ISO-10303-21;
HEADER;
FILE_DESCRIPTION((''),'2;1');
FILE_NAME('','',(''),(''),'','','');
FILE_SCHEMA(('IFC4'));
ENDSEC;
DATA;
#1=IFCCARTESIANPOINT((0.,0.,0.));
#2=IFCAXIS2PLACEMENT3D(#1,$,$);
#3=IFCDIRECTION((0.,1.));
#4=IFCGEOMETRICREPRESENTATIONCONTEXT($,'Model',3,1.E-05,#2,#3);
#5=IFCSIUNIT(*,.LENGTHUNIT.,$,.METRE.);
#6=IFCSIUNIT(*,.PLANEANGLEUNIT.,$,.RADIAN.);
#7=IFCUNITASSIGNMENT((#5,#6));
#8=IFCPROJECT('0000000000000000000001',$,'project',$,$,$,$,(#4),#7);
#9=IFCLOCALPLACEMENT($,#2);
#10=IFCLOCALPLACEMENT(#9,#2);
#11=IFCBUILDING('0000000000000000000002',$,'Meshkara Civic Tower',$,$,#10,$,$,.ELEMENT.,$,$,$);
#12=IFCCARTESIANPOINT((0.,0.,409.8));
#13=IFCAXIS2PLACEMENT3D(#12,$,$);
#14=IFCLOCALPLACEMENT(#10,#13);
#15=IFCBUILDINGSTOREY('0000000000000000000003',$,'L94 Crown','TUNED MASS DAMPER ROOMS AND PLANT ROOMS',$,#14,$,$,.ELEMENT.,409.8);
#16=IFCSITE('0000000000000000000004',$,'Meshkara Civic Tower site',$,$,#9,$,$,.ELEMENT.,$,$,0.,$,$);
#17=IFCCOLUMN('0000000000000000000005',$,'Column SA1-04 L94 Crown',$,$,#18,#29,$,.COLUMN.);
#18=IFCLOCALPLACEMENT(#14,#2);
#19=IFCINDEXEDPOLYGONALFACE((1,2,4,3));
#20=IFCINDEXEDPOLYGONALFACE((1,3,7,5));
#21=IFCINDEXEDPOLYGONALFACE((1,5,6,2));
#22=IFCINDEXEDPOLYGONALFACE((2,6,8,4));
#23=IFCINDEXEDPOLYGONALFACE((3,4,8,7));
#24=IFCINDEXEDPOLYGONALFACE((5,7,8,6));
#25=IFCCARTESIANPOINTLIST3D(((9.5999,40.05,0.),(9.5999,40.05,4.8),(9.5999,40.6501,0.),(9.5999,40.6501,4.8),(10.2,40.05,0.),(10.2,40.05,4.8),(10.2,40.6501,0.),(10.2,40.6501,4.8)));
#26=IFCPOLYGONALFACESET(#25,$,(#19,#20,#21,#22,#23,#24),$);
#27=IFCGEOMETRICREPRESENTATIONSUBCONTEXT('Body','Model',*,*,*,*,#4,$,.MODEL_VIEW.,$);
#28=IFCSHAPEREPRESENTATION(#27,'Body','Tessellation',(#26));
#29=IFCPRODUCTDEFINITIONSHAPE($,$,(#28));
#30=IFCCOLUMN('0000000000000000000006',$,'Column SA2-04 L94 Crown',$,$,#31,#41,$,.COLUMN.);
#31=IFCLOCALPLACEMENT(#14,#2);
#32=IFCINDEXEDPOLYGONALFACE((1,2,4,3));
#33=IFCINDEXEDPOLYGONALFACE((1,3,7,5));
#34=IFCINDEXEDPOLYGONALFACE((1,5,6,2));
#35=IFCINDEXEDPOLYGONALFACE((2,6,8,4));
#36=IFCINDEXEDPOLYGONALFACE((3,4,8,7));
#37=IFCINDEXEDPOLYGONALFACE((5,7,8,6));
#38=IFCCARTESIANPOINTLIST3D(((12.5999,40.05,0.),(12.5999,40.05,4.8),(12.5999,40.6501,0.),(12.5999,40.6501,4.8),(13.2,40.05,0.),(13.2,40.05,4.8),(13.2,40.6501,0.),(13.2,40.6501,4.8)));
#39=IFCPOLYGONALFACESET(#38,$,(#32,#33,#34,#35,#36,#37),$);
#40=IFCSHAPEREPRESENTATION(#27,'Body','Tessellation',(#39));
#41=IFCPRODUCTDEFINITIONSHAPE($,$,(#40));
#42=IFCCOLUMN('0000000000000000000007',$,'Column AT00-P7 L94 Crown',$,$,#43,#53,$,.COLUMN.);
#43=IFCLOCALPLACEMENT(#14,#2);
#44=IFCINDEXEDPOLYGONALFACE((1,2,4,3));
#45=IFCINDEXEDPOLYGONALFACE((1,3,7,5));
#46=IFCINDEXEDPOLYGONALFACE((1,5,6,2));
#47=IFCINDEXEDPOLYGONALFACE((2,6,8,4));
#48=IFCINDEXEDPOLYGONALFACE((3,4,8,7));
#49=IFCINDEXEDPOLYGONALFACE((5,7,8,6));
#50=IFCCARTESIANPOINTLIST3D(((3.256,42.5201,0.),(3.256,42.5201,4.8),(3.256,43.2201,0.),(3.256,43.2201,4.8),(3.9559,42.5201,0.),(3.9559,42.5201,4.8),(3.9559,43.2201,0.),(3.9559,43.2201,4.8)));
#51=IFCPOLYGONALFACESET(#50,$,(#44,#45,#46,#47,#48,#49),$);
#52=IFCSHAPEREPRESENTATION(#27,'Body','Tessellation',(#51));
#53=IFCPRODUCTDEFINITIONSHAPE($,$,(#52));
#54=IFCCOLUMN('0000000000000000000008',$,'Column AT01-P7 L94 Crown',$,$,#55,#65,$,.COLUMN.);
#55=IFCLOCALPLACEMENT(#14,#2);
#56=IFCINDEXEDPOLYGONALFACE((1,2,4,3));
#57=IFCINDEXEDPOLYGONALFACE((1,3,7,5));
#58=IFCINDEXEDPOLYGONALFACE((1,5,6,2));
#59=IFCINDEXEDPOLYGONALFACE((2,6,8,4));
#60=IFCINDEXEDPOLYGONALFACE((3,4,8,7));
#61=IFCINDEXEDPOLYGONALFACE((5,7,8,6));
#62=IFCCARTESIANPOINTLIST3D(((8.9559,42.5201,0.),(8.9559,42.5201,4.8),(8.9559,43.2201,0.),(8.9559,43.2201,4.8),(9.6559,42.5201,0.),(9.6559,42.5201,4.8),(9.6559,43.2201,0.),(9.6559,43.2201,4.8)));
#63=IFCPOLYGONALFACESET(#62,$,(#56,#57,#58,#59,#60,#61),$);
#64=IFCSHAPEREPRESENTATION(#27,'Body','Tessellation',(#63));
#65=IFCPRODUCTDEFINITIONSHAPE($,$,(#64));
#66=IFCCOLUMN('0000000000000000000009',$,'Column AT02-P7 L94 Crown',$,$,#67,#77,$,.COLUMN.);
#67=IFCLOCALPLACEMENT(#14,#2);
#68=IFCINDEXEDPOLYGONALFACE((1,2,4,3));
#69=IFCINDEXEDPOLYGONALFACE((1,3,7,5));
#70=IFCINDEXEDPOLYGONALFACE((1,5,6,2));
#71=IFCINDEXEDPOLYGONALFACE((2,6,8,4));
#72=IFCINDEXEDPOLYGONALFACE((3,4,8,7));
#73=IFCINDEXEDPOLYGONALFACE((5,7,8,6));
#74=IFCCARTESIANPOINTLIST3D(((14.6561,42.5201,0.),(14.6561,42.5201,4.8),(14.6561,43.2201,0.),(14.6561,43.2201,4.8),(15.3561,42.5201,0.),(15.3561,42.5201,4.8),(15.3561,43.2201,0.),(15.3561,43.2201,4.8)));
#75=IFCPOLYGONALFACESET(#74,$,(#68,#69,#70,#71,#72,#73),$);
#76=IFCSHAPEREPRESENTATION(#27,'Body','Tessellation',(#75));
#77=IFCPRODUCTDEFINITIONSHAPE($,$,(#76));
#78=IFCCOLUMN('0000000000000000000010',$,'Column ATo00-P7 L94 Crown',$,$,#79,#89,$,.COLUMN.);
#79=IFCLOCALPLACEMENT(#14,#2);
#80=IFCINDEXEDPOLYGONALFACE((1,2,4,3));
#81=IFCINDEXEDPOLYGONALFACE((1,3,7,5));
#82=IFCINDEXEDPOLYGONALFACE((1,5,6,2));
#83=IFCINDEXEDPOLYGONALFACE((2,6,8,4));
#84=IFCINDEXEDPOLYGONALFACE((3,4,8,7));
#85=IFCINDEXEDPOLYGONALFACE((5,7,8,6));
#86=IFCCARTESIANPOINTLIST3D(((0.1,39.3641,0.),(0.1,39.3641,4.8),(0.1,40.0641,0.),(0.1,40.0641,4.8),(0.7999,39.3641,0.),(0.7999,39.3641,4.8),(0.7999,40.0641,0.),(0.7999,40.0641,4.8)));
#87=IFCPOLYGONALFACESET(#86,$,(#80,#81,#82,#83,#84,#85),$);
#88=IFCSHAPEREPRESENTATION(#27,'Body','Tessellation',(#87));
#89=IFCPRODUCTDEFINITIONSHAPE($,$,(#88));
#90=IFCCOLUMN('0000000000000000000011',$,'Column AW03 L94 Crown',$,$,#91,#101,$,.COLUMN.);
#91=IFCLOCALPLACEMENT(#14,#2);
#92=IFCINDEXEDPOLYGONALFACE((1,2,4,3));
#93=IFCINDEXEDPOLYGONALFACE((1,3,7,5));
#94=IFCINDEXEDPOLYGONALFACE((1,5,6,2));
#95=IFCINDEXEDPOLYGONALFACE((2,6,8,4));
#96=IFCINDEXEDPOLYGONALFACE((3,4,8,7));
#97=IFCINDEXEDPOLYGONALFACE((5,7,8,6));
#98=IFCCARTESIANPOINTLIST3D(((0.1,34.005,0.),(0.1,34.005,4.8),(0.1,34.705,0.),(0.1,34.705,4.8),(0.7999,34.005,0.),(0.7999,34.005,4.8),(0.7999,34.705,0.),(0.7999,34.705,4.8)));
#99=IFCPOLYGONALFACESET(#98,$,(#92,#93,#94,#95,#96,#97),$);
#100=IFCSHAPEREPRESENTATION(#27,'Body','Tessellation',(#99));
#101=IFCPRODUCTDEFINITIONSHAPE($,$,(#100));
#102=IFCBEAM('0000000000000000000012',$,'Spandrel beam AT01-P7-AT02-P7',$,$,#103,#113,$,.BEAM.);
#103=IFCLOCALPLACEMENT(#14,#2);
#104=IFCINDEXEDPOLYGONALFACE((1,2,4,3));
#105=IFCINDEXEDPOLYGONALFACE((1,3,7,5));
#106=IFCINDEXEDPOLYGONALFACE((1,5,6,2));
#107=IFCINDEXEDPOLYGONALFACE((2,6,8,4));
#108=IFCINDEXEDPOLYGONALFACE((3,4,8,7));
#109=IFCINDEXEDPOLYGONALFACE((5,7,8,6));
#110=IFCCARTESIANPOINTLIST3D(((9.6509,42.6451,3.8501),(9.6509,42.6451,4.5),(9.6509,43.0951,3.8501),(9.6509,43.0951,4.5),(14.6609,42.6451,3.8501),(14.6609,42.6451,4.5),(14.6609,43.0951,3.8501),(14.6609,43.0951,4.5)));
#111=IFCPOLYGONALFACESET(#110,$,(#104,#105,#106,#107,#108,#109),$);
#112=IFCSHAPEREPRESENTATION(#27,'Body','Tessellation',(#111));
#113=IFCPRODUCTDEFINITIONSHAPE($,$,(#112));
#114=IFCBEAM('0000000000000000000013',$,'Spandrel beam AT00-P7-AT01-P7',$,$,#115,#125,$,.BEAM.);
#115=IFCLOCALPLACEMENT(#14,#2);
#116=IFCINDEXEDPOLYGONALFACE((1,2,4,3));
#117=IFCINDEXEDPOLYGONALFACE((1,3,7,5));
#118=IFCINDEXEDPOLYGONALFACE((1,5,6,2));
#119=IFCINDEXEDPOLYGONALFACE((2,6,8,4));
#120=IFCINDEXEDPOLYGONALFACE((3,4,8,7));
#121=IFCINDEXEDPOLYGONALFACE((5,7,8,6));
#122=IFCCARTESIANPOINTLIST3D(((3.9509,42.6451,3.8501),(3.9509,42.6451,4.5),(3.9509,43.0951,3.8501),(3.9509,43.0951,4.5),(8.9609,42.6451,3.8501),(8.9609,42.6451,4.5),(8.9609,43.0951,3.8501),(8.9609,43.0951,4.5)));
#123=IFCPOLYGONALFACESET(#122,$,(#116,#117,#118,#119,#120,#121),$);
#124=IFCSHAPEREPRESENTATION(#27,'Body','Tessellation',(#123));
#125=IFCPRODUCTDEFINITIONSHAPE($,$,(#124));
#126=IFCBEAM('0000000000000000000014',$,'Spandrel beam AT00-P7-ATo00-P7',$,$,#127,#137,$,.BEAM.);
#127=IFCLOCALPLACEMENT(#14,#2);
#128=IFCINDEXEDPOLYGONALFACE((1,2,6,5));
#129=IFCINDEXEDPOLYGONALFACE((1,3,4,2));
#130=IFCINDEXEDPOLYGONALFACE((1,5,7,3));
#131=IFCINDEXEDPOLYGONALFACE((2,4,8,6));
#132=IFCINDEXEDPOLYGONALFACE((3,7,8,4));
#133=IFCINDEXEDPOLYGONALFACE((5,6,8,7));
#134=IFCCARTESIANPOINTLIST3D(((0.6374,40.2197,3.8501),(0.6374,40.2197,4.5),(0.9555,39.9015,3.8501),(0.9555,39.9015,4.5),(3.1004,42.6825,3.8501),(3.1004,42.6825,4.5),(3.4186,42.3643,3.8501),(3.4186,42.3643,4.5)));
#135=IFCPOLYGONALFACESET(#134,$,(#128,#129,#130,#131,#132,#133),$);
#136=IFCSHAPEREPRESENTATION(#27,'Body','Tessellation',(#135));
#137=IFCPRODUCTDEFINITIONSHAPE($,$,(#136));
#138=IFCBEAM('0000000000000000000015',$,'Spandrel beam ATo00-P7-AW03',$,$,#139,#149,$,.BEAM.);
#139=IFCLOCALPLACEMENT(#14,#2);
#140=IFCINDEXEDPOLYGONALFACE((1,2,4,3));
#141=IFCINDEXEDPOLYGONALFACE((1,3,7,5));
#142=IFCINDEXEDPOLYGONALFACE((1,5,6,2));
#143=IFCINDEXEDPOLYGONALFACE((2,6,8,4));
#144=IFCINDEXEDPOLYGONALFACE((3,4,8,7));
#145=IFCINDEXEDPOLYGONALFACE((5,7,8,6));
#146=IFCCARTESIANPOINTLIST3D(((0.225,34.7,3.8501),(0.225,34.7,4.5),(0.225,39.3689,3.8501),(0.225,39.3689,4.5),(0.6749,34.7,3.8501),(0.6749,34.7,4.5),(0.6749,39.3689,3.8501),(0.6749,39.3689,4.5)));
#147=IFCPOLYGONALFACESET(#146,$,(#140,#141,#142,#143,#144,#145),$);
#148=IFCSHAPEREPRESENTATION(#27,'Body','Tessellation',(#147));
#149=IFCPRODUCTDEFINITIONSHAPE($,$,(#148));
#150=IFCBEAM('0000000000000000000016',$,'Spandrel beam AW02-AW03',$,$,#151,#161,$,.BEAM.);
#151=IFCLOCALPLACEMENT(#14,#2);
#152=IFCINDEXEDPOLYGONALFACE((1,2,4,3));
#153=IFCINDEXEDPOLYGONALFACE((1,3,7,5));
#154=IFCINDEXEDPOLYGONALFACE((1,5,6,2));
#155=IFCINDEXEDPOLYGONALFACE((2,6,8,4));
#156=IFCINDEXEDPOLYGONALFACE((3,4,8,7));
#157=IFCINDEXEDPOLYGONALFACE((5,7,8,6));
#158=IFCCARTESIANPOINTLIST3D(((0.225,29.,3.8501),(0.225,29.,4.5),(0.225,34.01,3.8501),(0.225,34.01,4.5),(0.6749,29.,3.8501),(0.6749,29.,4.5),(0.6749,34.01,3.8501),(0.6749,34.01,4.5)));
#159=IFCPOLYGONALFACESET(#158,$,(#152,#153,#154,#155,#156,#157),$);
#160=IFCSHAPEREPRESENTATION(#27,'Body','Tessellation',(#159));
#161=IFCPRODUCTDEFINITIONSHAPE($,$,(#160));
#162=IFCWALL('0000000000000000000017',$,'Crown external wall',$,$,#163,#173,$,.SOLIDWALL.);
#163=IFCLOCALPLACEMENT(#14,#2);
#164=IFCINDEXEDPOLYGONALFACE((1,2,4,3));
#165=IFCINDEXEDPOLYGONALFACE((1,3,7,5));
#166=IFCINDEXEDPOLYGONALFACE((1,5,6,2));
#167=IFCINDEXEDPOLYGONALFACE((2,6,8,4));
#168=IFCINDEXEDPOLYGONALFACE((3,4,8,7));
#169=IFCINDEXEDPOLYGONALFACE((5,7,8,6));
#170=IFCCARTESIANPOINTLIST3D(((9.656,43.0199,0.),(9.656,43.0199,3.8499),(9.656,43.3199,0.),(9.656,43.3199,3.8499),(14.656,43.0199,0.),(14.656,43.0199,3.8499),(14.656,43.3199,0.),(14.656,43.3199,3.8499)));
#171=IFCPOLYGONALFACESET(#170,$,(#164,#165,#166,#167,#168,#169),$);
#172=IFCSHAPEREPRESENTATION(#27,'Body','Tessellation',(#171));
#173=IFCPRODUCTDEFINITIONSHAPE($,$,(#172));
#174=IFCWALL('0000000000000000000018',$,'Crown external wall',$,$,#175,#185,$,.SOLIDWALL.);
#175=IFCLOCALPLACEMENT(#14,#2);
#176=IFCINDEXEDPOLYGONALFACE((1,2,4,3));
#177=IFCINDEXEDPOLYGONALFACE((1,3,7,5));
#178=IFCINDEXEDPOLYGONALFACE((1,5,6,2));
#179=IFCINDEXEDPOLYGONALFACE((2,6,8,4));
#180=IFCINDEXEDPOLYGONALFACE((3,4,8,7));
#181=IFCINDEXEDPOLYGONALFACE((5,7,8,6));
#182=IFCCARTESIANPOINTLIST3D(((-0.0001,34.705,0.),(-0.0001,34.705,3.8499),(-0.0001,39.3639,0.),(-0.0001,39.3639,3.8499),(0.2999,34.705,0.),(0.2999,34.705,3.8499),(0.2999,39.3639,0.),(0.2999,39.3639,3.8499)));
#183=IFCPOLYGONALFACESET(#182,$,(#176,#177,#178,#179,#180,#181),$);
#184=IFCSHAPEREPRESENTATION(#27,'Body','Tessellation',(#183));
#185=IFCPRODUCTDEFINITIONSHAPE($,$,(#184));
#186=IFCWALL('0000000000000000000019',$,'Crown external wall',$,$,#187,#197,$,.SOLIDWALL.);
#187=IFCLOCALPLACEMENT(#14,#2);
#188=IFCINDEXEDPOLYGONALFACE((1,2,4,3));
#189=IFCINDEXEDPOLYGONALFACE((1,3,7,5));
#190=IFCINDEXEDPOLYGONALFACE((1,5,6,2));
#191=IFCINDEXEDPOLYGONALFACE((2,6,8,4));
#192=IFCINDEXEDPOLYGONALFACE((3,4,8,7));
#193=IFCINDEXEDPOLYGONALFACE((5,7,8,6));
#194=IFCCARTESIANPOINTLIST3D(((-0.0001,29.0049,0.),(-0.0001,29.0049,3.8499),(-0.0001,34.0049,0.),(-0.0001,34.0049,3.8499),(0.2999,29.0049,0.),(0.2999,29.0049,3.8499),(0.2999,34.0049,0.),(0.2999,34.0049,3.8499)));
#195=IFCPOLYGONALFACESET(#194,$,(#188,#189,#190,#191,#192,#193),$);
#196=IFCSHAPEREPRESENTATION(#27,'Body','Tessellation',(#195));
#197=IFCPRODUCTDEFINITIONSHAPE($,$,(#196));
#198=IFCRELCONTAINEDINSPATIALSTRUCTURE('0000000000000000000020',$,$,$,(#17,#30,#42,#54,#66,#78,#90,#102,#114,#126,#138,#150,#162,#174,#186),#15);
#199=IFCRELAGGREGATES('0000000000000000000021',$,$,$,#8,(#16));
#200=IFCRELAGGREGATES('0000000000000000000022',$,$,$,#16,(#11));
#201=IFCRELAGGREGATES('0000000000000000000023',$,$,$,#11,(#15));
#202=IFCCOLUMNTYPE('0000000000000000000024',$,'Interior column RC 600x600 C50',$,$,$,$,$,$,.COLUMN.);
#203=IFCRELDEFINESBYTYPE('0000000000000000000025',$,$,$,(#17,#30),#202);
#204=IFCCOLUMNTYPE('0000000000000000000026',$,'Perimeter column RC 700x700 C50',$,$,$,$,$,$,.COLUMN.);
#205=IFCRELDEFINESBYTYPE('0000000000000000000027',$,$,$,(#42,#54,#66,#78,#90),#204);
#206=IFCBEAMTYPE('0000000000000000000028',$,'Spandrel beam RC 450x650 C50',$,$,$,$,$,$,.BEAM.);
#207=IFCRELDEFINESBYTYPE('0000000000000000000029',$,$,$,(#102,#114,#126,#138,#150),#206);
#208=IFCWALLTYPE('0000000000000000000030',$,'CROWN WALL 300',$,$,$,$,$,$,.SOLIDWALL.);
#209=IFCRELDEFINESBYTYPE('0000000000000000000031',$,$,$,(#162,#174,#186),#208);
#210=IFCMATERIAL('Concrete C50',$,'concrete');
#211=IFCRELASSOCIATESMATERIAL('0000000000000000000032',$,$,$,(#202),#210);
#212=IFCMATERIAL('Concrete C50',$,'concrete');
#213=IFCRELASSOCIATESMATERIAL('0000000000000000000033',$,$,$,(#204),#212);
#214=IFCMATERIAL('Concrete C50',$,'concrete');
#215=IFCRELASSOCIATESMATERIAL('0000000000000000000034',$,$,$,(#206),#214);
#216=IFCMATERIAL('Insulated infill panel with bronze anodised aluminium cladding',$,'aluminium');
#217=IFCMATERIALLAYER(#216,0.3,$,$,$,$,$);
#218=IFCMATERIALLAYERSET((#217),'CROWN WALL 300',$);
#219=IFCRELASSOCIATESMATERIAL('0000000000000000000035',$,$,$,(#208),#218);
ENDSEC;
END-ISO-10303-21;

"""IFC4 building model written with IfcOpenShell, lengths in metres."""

from ifc_helpers import new_model, si_unit, direction, frame, frame_2d, origin, origin_2d, place, context, subcontext, project, spatial, rectangle, extrude, material, layer, layer_set, material_profile, profile_set, type_object, element, save


model = new_model("IFC4")

# Units and contexts
model_context = context("Model", 3, precision=1e-05, world=origin(), true_north=direction((0.0, 1.0)))
body_context = subcontext(model_context, "Body", "Model", "MODEL_VIEW")
ifc_project = project(units=[si_unit("LENGTHUNIT", "METRE"), si_unit("PLANEANGLEUNIT", "RADIAN")], contexts=[model_context])

# Site, building, storey
site_placement = place(None, origin())
site = spatial("IfcSite", under=ifc_project, at=site_placement, Name="Meshkara Civic Tower site", CompositionType="ELEMENT", RefElevation=0.0)
building_placement = place(site_placement, origin())
building = spatial("IfcBuilding", under=site, at=building_placement, Name="Meshkara Civic Tower", CompositionType="ELEMENT")
storey_placement = place(building_placement, frame((0.0, 0.0, 409.8)))
storey = spatial("IfcBuildingStorey", under=building, at=storey_placement, Name="L94 Crown", Description="TUNED MASS DAMPER ROOMS AND PLANT ROOMS", CompositionType="ELEMENT", Elevation=409.8)

# Columns
ifc_material_1 = material(Name="Concrete C50", Category="concrete")
ifc_material_profile_1 = material_profile(ifc_material_1, rectangle(XDim=0.6001, YDim=0.6001, at=origin_2d()))
ifc_profile_set_1 = profile_set([ifc_material_profile_1], Name="Concrete C50")
column_type_1 = type_object("IfcColumnType", Name="Interior column RC 600x600 C50", PredefinedType="COLUMN", material=ifc_profile_set_1)
for number, where, z_axis, x_axis, name in (
    (1, (9.8999, 40.3501, 0.0), (0.0, 0.0, 1.0), (1.0, 0.0, 0.0), "Column SA1-04 L94 Crown"),
    (2, (12.8999, 40.3501, 0.0), (0.0, 0.0, 1.0), (1.0, 0.0, 0.0), "Column SA2-04 L94 Crown"),
):
    element("IfcColumn", number, at=place(storey_placement, frame(where, z_axis=z_axis, x_axis=x_axis)), inside=storey, type_object=column_type_1, Name=name, PredefinedType="COLUMN", context=body_context, shape_type="SweptSolid", body=[
        extrude(rectangle(XDim=0.6001, YDim=0.6001, at=origin_2d()), origin(), (0.0, 0.0, 1.0), 4.8),
    ])
ifc_material_2 = material(Name="Concrete C50", Category="concrete")
ifc_material_profile_2 = material_profile(ifc_material_2, rectangle(XDim=0.7, YDim=0.7, at=origin_2d()))
ifc_profile_set_2 = profile_set([ifc_material_profile_2], Name="Concrete C50")
column_type_2 = type_object("IfcColumnType", Name="Perimeter column RC 700x700 C50", PredefinedType="COLUMN", material=ifc_profile_set_2)
for number, where, z_axis, x_axis, name in (
    (3, (3.606, 42.8701, 0.0), (0.0, 0.0, 1.0), (1.0, 0.0, 0.0), "Column AT00-P7 L94 Crown"),
    (4, (9.3059, 42.8701, 0.0), (0.0, 0.0, 1.0), (1.0, 0.0, 0.0), "Column AT01-P7 L94 Crown"),
    (5, (15.0061, 42.8701, 0.0), (0.0, 0.0, 1.0), (1.0, 0.0, 0.0), "Column AT02-P7 L94 Crown"),
    (6, (0.45, 39.7141, 0.0), (0.0, 0.0, 1.0), (1.0, 0.0, 0.0), "Column ATo00-P7 L94 Crown"),
    (7, (0.45, 34.355, 0.0), (0.0, 0.0, 1.0), (1.0, 0.0, 0.0), "Column AW03 L94 Crown"),
):
    element("IfcColumn", number, at=place(storey_placement, frame(where, z_axis=z_axis, x_axis=x_axis)), inside=storey, type_object=column_type_2, Name=name, PredefinedType="COLUMN", context=body_context, shape_type="SweptSolid", body=[
        extrude(rectangle(XDim=0.7, YDim=0.7, at=origin_2d()), origin(), (0.0, 0.0, 1.0), 4.8),
    ])

# Beams
ifc_material_3 = material(Name="Concrete C50", Category="concrete")
ifc_material_profile_3 = material_profile(ifc_material_3, rectangle(XDim=0.45, YDim=0.6499, at=origin_2d()))
ifc_profile_set_3 = profile_set([ifc_material_profile_3], Name="Concrete C50")
beam_type = type_object("IfcBeamType", Name="Spandrel beam RC 450x650 C50", PredefinedType="BEAM", material=ifc_profile_set_3)
for number, where, z_axis, x_axis, name in (
    (8, (14.6609, 42.8701, 4.175), (-1.0, 0.0, 0.0), (0.0, -1.0, 0.0), "Spandrel beam AT01-P7-AT02-P7"),
    (9, (8.9609, 42.8701, 4.175), (-1.0, 0.0, 0.0), (0.0, -1.0, 0.0), "Spandrel beam AT00-P7-AT01-P7"),
):
    element("IfcBeam", number, at=place(storey_placement, frame(where, z_axis=z_axis, x_axis=x_axis)), inside=storey, type_object=beam_type, Name=name, PredefinedType="BEAM", context=body_context, shape_type="SweptSolid", body=[
        extrude(rectangle(XDim=0.45, YDim=0.6499, at=origin_2d()), origin(), (0.0, 0.0, 1.0), 5.01),
    ])
beam_1_placement = place(storey_placement, frame((3.2595, 42.5234, 4.175), z_axis=(-0.707142, -0.707072, 0.0), x_axis=(0.707072, -0.707142, 0.0)))
element("IfcBeam", 10, at=beam_1_placement, inside=storey, type_object=beam_type, Name="Spandrel beam AT00-P7-ATo00-P7", PredefinedType="BEAM", context=body_context, shape_type="SweptSolid", body=[
    extrude(rectangle(XDim=0.45, YDim=0.6499, at=origin_2d()), origin(), (0.0, 0.0, 1.0), 3.4832),
])
beam_2_placement = place(storey_placement, frame((0.45, 39.3689, 4.175), z_axis=(0.0, -1.0, 0.0), x_axis=(1.0, 0.0, 0.0)))
element("IfcBeam", 11, at=beam_2_placement, inside=storey, type_object=beam_type, Name="Spandrel beam ATo00-P7-AW03", PredefinedType="BEAM", context=body_context, shape_type="SweptSolid", body=[
    extrude(rectangle(XDim=0.45, YDim=0.6499, at=origin_2d()), origin(), (0.0, 0.0, 1.0), 4.6689),
])
beam_3_placement = place(storey_placement, frame((0.45, 34.01, 4.175), z_axis=(0.0, -1.0, 0.0), x_axis=(1.0, 0.0, 0.0)))
element("IfcBeam", 12, at=beam_3_placement, inside=storey, type_object=beam_type, Name="Spandrel beam AW02-AW03", PredefinedType="BEAM", context=body_context, shape_type="SweptSolid", body=[
    extrude(rectangle(XDim=0.45, YDim=0.6499, at=origin_2d()), origin(), (0.0, 0.0, 1.0), 5.01),
])

# Wall
ifc_material_4 = material(Name="Insulated infill panel with bronze anodised aluminium cladding", Category="aluminium")
ifc_layer_1 = layer(ifc_material_4, 0.3)
ifc_layer_set_1 = layer_set([ifc_layer_1], Name="CROWN WALL 300")
wall_type_1 = type_object("IfcWallType", Name="CROWN WALL 300", PredefinedType="SOLIDWALL", material=ifc_layer_set_1)
wall_1_placement = place(storey_placement, frame((14.656, 43.1699, 0.0), z_axis=(0.0, 0.0, 1.0), x_axis=(-1.0, 0.0, 0.0)))
element("IfcWall", 13, at=wall_1_placement, inside=storey, type_object=wall_type_1, Name="Crown external wall", PredefinedType="SOLIDWALL", context=body_context, shape_type="SweptSolid", body=[
    extrude(rectangle(XDim=5.0, YDim=0.3, at=frame_2d((2.5, 0.0))), origin(), (0.0, 0.0, 1.0), 3.8499),
])

# Walls
wall_2_placement = place(storey_placement, frame((0.1499, 39.364, 0.0), z_axis=(0.0, 0.0, 1.0), x_axis=(0.0, -1.0, 0.0)))
element("IfcWall", 14, at=wall_2_placement, inside=storey, type_object=wall_type_1, Name="Crown external wall", PredefinedType="SOLIDWALL", context=body_context, shape_type="SweptSolid", body=[
    extrude(rectangle(XDim=4.6589, YDim=0.3, at=frame_2d((2.3296, 0.0))), origin(), (0.0, 0.0, 1.0), 3.8499),
])
wall_3_placement = place(storey_placement, frame((0.1499, 34.0049, 0.0), z_axis=(0.0, 0.0, 1.0), x_axis=(0.0, -1.0, 0.0)))
element("IfcWall", 15, at=wall_3_placement, inside=storey, type_object=wall_type_1, Name="Crown external wall", PredefinedType="SOLIDWALL", context=body_context, shape_type="SweptSolid", body=[
    extrude(rectangle(XDim=5.0, YDim=0.3, at=frame_2d((2.5, 0.0))), origin(), (0.0, 0.0, 1.0), 3.8499),
])

save(model, "model.ifc")
